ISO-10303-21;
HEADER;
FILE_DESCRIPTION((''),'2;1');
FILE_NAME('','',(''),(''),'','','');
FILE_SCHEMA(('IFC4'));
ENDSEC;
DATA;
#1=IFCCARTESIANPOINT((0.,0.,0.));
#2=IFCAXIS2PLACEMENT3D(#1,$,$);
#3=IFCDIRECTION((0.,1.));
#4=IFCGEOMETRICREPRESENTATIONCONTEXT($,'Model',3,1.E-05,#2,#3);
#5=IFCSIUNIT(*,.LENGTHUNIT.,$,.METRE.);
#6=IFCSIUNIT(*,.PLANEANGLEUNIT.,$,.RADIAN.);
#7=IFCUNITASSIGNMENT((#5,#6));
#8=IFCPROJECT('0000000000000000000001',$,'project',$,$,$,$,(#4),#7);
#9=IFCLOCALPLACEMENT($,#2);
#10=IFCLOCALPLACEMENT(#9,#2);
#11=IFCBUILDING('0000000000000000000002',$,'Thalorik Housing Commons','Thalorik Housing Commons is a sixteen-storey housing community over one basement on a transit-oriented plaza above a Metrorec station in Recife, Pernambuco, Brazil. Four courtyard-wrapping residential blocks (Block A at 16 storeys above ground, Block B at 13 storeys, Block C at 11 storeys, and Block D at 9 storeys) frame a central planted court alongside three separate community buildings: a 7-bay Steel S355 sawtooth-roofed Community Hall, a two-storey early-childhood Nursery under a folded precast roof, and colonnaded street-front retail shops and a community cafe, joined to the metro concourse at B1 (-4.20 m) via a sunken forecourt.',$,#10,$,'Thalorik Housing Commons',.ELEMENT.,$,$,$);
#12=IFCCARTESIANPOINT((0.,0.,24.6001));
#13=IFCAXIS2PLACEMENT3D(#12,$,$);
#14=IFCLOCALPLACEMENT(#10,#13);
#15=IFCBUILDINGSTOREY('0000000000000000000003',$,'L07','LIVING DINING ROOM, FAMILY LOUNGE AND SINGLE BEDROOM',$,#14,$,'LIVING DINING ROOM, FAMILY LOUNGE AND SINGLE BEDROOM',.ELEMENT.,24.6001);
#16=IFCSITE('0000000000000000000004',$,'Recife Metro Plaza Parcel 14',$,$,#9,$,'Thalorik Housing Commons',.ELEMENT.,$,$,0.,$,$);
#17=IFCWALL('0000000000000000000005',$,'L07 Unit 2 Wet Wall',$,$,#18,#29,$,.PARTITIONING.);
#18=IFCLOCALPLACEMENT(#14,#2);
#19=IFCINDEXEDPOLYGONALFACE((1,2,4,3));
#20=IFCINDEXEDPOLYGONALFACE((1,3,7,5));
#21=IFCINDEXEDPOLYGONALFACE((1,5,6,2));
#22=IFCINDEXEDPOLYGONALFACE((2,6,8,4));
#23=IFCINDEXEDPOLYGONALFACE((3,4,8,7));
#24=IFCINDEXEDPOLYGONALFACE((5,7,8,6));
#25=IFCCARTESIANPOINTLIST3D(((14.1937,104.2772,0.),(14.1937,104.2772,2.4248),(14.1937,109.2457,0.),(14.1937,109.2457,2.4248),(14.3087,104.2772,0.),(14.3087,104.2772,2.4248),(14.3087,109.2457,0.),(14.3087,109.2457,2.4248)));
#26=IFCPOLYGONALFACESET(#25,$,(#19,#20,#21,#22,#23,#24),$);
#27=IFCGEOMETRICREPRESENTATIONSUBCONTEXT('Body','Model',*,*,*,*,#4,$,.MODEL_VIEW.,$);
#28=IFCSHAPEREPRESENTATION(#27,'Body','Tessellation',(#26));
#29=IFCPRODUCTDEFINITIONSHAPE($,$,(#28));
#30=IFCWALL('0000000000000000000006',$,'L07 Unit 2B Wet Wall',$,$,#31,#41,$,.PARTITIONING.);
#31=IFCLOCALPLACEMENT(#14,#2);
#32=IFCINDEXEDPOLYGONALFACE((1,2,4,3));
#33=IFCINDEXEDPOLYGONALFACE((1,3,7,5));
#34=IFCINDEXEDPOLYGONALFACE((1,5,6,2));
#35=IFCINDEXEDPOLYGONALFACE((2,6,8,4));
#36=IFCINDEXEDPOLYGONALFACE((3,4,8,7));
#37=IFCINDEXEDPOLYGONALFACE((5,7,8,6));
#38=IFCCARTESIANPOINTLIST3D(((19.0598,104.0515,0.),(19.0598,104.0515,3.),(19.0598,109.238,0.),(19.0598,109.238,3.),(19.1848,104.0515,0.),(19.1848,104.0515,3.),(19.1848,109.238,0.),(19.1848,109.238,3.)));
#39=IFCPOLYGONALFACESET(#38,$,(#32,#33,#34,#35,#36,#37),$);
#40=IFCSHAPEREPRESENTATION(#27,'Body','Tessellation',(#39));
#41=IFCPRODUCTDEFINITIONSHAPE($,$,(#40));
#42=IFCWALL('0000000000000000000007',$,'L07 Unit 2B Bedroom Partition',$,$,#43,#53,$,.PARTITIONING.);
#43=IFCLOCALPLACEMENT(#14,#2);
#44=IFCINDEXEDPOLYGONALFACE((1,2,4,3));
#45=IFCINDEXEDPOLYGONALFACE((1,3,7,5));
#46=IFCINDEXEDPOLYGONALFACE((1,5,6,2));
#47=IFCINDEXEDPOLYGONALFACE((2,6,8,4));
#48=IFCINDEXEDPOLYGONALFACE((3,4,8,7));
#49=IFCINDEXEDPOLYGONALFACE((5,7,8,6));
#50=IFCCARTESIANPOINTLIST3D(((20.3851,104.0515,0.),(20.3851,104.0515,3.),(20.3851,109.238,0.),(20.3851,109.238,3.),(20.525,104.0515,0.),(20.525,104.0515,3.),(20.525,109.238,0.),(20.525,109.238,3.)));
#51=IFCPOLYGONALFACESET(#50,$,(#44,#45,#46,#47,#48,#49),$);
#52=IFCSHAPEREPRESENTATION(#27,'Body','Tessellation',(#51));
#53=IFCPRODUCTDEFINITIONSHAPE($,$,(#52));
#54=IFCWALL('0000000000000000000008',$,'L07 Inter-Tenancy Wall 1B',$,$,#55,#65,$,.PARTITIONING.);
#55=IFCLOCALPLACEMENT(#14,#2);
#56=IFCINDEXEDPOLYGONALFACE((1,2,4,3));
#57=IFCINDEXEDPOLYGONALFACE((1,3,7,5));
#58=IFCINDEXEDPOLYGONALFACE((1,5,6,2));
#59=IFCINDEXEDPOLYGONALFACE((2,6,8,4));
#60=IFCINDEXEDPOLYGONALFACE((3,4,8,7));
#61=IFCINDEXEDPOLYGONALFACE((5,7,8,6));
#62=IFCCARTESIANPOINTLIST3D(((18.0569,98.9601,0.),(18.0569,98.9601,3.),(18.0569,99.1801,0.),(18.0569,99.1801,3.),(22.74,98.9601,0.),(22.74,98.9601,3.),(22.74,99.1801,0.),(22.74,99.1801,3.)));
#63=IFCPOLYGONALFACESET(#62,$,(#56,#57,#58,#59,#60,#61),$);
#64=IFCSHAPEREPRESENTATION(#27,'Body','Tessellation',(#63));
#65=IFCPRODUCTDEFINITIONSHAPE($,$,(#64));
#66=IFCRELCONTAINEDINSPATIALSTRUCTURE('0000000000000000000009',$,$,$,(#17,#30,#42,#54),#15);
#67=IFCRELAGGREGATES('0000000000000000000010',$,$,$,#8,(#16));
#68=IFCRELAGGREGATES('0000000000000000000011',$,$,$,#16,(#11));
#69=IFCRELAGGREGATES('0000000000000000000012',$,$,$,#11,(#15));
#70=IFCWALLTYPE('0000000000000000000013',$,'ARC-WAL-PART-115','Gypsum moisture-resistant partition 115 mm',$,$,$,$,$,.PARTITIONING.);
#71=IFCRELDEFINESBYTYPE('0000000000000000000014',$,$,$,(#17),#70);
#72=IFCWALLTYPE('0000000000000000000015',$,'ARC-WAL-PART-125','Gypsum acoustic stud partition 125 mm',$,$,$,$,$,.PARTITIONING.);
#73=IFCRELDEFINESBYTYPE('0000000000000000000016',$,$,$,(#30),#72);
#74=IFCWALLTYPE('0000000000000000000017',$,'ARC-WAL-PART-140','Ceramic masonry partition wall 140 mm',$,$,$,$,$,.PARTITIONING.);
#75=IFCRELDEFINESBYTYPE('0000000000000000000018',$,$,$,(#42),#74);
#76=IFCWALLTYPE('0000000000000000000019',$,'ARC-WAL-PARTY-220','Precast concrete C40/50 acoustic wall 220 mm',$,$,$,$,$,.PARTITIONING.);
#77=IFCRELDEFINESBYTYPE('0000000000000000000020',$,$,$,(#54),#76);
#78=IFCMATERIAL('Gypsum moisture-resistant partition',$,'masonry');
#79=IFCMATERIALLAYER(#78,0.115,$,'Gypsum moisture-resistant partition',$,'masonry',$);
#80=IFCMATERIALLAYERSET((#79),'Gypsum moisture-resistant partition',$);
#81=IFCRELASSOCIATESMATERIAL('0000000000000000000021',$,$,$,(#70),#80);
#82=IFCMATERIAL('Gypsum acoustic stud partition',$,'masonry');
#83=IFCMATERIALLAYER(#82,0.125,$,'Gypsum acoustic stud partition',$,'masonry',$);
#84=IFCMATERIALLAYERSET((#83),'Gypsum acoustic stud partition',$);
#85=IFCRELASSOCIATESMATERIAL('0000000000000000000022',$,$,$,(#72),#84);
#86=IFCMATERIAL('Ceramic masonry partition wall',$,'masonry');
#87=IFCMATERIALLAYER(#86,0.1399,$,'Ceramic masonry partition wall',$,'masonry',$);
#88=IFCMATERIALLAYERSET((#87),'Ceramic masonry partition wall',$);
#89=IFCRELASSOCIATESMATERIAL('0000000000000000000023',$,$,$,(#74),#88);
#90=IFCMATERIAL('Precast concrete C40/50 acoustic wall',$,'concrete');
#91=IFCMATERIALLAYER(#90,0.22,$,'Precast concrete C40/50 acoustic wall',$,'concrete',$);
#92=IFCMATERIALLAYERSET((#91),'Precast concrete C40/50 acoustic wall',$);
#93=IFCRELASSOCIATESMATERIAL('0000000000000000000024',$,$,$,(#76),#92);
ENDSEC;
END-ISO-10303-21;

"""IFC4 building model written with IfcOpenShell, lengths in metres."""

from ifc_helpers import new_model, si_unit, direction, frame, frame_2d, origin, place, context, subcontext, project, spatial, rectangle, extrude, material, layer, layer_set, type_object, element, save


model = new_model("IFC4")

# Units and contexts
model_context = context("Model", 3, precision=1e-05, world=origin(), true_north=direction((0.0, 1.0)))
body_context = subcontext(model_context, "Body", "Model", "MODEL_VIEW")
ifc_project = project(units=[si_unit("LENGTHUNIT", "METRE"), si_unit("PLANEANGLEUNIT", "RADIAN")], contexts=[model_context])

# Site, building, storey
site_placement = place(None, origin())
site = spatial("IfcSite", under=ifc_project, at=site_placement, Name="Recife Metro Plaza Parcel 14", LongName="Thalorik Housing Commons", CompositionType="ELEMENT", RefElevation=0.0)
building_placement = place(site_placement, origin())
building = spatial("IfcBuilding", under=site, at=building_placement, Name="Thalorik Housing Commons", Description="Thalorik Housing Commons is a sixteen-storey housing community over one basement on a transit-oriented plaza above a Metrorec station in Recife, Pernambuco, Brazil. Four courtyard-wrapping residential blocks (Block A at 16 storeys above ground, Block B at 13 storeys, Block C at 11 storeys, and Block D at 9 storeys) frame a central planted court alongside three separate community buildings: a 7-bay Steel S355 sawtooth-roofed Community Hall, a two-storey early-childhood Nursery under a folded precast roof, and colonnaded street-front retail shops and a community cafe, joined to the metro concourse at B1 (-4.20 m) via a sunken forecourt.", LongName="Thalorik Housing Commons", CompositionType="ELEMENT")
storey_placement = place(building_placement, frame((0.0, 0.0, 24.6001)))
storey = spatial("IfcBuildingStorey", under=building, at=storey_placement, Name="L07", Description="LIVING DINING ROOM, FAMILY LOUNGE AND SINGLE BEDROOM", LongName="LIVING DINING ROOM, FAMILY LOUNGE AND SINGLE BEDROOM", CompositionType="ELEMENT", Elevation=24.6001)

# Walls
ifc_material_1 = material(Name="Gypsum moisture-resistant partition", Category="masonry")
ifc_layer_1 = layer(ifc_material_1, 0.115, Name="Gypsum moisture-resistant partition", Category="masonry")
ifc_layer_set_1 = layer_set([ifc_layer_1], Name="Gypsum moisture-resistant partition")
wall_type_1 = type_object("IfcWallType", Name="ARC-WAL-PART-115", Description="Gypsum moisture-resistant partition 115 mm", PredefinedType="PARTITIONING", material=ifc_layer_set_1)
wall_1_placement = place(storey_placement, frame((14.2512, 104.2771, 0.0), z_axis=(0.0, 0.0, 1.0), x_axis=(0.0, 1.0, 0.0)))
element("IfcWall", 1, at=wall_1_placement, inside=storey, type_object=wall_type_1, Name="L07 Unit 2 Wet Wall", PredefinedType="PARTITIONING", context=body_context, shape_type="SweptSolid", body=[
    extrude(rectangle(XDim=4.9685, YDim=0.115, at=frame_2d((2.4844, 0.0))), origin(), (0.0, 0.0, 1.0), 2.4248),
])
ifc_material_2 = material(Name="Gypsum acoustic stud partition", Category="masonry")
ifc_layer_2 = layer(ifc_material_2, 0.125, Name="Gypsum acoustic stud partition", Category="masonry")
ifc_layer_set_2 = layer_set([ifc_layer_2], Name="Gypsum acoustic stud partition")
wall_type_2 = type_object("IfcWallType", Name="ARC-WAL-PART-125", Description="Gypsum acoustic stud partition 125 mm", PredefinedType="PARTITIONING", material=ifc_layer_set_2)
wall_2_placement = place(storey_placement, frame((19.1223, 104.0515, 0.0), z_axis=(0.0, 0.0, 1.0), x_axis=(0.0, 1.0, 0.0)))
element("IfcWall", 2, at=wall_2_placement, inside=storey, type_object=wall_type_2, Name="L07 Unit 2B Wet Wall", PredefinedType="PARTITIONING", context=body_context, shape_type="SweptSolid", body=[
    extrude(rectangle(XDim=5.1865, YDim=0.125, at=frame_2d((2.5933, 0.0))), origin(), (0.0, 0.0, 1.0), 3.0),
])
ifc_material_3 = material(Name="Ceramic masonry partition wall", Category="masonry")
ifc_layer_3 = layer(ifc_material_3, 0.1399, Name="Ceramic masonry partition wall", Category="masonry")
ifc_layer_set_3 = layer_set([ifc_layer_3], Name="Ceramic masonry partition wall")
wall_type_3 = type_object("IfcWallType", Name="ARC-WAL-PART-140", Description="Ceramic masonry partition wall 140 mm", PredefinedType="PARTITIONING", material=ifc_layer_set_3)
wall_3_placement = place(storey_placement, frame((20.4551, 104.0515, 0.0), z_axis=(0.0, 0.0, 1.0), x_axis=(0.0, 1.0, 0.0)))
element("IfcWall", 3, at=wall_3_placement, inside=storey, type_object=wall_type_3, Name="L07 Unit 2B Bedroom Partition", PredefinedType="PARTITIONING", context=body_context, shape_type="SweptSolid", body=[
    extrude(rectangle(XDim=5.1865, YDim=0.1399, at=frame_2d((2.5933, 0.0))), origin(), (0.0, 0.0, 1.0), 3.0),
])
ifc_material_4 = material(Name="Precast concrete C40/50 acoustic wall", Category="concrete")
ifc_layer_4 = layer(ifc_material_4, 0.22, Name="Precast concrete C40/50 acoustic wall", Category="concrete")
ifc_layer_set_4 = layer_set([ifc_layer_4], Name="Precast concrete C40/50 acoustic wall")
wall_type_4 = type_object("IfcWallType", Name="ARC-WAL-PARTY-220", Description="Precast concrete C40/50 acoustic wall 220 mm", PredefinedType="PARTITIONING", material=ifc_layer_set_4)
wall_4_placement = place(storey_placement, frame((18.0569, 99.0701, 0.0), z_axis=(0.0, 0.0, 1.0), x_axis=(1.0, 0.0, 0.0)))
element("IfcWall", 4, at=wall_4_placement, inside=storey, type_object=wall_type_4, Name="L07 Inter-Tenancy Wall 1B", PredefinedType="PARTITIONING", context=body_context, shape_type="SweptSolid", body=[
    extrude(rectangle(XDim=4.6831, YDim=0.22, at=frame_2d((2.3416, 0.0))), origin(), (0.0, 0.0, 1.0), 3.0),
])

save(model, "model.ifc")
